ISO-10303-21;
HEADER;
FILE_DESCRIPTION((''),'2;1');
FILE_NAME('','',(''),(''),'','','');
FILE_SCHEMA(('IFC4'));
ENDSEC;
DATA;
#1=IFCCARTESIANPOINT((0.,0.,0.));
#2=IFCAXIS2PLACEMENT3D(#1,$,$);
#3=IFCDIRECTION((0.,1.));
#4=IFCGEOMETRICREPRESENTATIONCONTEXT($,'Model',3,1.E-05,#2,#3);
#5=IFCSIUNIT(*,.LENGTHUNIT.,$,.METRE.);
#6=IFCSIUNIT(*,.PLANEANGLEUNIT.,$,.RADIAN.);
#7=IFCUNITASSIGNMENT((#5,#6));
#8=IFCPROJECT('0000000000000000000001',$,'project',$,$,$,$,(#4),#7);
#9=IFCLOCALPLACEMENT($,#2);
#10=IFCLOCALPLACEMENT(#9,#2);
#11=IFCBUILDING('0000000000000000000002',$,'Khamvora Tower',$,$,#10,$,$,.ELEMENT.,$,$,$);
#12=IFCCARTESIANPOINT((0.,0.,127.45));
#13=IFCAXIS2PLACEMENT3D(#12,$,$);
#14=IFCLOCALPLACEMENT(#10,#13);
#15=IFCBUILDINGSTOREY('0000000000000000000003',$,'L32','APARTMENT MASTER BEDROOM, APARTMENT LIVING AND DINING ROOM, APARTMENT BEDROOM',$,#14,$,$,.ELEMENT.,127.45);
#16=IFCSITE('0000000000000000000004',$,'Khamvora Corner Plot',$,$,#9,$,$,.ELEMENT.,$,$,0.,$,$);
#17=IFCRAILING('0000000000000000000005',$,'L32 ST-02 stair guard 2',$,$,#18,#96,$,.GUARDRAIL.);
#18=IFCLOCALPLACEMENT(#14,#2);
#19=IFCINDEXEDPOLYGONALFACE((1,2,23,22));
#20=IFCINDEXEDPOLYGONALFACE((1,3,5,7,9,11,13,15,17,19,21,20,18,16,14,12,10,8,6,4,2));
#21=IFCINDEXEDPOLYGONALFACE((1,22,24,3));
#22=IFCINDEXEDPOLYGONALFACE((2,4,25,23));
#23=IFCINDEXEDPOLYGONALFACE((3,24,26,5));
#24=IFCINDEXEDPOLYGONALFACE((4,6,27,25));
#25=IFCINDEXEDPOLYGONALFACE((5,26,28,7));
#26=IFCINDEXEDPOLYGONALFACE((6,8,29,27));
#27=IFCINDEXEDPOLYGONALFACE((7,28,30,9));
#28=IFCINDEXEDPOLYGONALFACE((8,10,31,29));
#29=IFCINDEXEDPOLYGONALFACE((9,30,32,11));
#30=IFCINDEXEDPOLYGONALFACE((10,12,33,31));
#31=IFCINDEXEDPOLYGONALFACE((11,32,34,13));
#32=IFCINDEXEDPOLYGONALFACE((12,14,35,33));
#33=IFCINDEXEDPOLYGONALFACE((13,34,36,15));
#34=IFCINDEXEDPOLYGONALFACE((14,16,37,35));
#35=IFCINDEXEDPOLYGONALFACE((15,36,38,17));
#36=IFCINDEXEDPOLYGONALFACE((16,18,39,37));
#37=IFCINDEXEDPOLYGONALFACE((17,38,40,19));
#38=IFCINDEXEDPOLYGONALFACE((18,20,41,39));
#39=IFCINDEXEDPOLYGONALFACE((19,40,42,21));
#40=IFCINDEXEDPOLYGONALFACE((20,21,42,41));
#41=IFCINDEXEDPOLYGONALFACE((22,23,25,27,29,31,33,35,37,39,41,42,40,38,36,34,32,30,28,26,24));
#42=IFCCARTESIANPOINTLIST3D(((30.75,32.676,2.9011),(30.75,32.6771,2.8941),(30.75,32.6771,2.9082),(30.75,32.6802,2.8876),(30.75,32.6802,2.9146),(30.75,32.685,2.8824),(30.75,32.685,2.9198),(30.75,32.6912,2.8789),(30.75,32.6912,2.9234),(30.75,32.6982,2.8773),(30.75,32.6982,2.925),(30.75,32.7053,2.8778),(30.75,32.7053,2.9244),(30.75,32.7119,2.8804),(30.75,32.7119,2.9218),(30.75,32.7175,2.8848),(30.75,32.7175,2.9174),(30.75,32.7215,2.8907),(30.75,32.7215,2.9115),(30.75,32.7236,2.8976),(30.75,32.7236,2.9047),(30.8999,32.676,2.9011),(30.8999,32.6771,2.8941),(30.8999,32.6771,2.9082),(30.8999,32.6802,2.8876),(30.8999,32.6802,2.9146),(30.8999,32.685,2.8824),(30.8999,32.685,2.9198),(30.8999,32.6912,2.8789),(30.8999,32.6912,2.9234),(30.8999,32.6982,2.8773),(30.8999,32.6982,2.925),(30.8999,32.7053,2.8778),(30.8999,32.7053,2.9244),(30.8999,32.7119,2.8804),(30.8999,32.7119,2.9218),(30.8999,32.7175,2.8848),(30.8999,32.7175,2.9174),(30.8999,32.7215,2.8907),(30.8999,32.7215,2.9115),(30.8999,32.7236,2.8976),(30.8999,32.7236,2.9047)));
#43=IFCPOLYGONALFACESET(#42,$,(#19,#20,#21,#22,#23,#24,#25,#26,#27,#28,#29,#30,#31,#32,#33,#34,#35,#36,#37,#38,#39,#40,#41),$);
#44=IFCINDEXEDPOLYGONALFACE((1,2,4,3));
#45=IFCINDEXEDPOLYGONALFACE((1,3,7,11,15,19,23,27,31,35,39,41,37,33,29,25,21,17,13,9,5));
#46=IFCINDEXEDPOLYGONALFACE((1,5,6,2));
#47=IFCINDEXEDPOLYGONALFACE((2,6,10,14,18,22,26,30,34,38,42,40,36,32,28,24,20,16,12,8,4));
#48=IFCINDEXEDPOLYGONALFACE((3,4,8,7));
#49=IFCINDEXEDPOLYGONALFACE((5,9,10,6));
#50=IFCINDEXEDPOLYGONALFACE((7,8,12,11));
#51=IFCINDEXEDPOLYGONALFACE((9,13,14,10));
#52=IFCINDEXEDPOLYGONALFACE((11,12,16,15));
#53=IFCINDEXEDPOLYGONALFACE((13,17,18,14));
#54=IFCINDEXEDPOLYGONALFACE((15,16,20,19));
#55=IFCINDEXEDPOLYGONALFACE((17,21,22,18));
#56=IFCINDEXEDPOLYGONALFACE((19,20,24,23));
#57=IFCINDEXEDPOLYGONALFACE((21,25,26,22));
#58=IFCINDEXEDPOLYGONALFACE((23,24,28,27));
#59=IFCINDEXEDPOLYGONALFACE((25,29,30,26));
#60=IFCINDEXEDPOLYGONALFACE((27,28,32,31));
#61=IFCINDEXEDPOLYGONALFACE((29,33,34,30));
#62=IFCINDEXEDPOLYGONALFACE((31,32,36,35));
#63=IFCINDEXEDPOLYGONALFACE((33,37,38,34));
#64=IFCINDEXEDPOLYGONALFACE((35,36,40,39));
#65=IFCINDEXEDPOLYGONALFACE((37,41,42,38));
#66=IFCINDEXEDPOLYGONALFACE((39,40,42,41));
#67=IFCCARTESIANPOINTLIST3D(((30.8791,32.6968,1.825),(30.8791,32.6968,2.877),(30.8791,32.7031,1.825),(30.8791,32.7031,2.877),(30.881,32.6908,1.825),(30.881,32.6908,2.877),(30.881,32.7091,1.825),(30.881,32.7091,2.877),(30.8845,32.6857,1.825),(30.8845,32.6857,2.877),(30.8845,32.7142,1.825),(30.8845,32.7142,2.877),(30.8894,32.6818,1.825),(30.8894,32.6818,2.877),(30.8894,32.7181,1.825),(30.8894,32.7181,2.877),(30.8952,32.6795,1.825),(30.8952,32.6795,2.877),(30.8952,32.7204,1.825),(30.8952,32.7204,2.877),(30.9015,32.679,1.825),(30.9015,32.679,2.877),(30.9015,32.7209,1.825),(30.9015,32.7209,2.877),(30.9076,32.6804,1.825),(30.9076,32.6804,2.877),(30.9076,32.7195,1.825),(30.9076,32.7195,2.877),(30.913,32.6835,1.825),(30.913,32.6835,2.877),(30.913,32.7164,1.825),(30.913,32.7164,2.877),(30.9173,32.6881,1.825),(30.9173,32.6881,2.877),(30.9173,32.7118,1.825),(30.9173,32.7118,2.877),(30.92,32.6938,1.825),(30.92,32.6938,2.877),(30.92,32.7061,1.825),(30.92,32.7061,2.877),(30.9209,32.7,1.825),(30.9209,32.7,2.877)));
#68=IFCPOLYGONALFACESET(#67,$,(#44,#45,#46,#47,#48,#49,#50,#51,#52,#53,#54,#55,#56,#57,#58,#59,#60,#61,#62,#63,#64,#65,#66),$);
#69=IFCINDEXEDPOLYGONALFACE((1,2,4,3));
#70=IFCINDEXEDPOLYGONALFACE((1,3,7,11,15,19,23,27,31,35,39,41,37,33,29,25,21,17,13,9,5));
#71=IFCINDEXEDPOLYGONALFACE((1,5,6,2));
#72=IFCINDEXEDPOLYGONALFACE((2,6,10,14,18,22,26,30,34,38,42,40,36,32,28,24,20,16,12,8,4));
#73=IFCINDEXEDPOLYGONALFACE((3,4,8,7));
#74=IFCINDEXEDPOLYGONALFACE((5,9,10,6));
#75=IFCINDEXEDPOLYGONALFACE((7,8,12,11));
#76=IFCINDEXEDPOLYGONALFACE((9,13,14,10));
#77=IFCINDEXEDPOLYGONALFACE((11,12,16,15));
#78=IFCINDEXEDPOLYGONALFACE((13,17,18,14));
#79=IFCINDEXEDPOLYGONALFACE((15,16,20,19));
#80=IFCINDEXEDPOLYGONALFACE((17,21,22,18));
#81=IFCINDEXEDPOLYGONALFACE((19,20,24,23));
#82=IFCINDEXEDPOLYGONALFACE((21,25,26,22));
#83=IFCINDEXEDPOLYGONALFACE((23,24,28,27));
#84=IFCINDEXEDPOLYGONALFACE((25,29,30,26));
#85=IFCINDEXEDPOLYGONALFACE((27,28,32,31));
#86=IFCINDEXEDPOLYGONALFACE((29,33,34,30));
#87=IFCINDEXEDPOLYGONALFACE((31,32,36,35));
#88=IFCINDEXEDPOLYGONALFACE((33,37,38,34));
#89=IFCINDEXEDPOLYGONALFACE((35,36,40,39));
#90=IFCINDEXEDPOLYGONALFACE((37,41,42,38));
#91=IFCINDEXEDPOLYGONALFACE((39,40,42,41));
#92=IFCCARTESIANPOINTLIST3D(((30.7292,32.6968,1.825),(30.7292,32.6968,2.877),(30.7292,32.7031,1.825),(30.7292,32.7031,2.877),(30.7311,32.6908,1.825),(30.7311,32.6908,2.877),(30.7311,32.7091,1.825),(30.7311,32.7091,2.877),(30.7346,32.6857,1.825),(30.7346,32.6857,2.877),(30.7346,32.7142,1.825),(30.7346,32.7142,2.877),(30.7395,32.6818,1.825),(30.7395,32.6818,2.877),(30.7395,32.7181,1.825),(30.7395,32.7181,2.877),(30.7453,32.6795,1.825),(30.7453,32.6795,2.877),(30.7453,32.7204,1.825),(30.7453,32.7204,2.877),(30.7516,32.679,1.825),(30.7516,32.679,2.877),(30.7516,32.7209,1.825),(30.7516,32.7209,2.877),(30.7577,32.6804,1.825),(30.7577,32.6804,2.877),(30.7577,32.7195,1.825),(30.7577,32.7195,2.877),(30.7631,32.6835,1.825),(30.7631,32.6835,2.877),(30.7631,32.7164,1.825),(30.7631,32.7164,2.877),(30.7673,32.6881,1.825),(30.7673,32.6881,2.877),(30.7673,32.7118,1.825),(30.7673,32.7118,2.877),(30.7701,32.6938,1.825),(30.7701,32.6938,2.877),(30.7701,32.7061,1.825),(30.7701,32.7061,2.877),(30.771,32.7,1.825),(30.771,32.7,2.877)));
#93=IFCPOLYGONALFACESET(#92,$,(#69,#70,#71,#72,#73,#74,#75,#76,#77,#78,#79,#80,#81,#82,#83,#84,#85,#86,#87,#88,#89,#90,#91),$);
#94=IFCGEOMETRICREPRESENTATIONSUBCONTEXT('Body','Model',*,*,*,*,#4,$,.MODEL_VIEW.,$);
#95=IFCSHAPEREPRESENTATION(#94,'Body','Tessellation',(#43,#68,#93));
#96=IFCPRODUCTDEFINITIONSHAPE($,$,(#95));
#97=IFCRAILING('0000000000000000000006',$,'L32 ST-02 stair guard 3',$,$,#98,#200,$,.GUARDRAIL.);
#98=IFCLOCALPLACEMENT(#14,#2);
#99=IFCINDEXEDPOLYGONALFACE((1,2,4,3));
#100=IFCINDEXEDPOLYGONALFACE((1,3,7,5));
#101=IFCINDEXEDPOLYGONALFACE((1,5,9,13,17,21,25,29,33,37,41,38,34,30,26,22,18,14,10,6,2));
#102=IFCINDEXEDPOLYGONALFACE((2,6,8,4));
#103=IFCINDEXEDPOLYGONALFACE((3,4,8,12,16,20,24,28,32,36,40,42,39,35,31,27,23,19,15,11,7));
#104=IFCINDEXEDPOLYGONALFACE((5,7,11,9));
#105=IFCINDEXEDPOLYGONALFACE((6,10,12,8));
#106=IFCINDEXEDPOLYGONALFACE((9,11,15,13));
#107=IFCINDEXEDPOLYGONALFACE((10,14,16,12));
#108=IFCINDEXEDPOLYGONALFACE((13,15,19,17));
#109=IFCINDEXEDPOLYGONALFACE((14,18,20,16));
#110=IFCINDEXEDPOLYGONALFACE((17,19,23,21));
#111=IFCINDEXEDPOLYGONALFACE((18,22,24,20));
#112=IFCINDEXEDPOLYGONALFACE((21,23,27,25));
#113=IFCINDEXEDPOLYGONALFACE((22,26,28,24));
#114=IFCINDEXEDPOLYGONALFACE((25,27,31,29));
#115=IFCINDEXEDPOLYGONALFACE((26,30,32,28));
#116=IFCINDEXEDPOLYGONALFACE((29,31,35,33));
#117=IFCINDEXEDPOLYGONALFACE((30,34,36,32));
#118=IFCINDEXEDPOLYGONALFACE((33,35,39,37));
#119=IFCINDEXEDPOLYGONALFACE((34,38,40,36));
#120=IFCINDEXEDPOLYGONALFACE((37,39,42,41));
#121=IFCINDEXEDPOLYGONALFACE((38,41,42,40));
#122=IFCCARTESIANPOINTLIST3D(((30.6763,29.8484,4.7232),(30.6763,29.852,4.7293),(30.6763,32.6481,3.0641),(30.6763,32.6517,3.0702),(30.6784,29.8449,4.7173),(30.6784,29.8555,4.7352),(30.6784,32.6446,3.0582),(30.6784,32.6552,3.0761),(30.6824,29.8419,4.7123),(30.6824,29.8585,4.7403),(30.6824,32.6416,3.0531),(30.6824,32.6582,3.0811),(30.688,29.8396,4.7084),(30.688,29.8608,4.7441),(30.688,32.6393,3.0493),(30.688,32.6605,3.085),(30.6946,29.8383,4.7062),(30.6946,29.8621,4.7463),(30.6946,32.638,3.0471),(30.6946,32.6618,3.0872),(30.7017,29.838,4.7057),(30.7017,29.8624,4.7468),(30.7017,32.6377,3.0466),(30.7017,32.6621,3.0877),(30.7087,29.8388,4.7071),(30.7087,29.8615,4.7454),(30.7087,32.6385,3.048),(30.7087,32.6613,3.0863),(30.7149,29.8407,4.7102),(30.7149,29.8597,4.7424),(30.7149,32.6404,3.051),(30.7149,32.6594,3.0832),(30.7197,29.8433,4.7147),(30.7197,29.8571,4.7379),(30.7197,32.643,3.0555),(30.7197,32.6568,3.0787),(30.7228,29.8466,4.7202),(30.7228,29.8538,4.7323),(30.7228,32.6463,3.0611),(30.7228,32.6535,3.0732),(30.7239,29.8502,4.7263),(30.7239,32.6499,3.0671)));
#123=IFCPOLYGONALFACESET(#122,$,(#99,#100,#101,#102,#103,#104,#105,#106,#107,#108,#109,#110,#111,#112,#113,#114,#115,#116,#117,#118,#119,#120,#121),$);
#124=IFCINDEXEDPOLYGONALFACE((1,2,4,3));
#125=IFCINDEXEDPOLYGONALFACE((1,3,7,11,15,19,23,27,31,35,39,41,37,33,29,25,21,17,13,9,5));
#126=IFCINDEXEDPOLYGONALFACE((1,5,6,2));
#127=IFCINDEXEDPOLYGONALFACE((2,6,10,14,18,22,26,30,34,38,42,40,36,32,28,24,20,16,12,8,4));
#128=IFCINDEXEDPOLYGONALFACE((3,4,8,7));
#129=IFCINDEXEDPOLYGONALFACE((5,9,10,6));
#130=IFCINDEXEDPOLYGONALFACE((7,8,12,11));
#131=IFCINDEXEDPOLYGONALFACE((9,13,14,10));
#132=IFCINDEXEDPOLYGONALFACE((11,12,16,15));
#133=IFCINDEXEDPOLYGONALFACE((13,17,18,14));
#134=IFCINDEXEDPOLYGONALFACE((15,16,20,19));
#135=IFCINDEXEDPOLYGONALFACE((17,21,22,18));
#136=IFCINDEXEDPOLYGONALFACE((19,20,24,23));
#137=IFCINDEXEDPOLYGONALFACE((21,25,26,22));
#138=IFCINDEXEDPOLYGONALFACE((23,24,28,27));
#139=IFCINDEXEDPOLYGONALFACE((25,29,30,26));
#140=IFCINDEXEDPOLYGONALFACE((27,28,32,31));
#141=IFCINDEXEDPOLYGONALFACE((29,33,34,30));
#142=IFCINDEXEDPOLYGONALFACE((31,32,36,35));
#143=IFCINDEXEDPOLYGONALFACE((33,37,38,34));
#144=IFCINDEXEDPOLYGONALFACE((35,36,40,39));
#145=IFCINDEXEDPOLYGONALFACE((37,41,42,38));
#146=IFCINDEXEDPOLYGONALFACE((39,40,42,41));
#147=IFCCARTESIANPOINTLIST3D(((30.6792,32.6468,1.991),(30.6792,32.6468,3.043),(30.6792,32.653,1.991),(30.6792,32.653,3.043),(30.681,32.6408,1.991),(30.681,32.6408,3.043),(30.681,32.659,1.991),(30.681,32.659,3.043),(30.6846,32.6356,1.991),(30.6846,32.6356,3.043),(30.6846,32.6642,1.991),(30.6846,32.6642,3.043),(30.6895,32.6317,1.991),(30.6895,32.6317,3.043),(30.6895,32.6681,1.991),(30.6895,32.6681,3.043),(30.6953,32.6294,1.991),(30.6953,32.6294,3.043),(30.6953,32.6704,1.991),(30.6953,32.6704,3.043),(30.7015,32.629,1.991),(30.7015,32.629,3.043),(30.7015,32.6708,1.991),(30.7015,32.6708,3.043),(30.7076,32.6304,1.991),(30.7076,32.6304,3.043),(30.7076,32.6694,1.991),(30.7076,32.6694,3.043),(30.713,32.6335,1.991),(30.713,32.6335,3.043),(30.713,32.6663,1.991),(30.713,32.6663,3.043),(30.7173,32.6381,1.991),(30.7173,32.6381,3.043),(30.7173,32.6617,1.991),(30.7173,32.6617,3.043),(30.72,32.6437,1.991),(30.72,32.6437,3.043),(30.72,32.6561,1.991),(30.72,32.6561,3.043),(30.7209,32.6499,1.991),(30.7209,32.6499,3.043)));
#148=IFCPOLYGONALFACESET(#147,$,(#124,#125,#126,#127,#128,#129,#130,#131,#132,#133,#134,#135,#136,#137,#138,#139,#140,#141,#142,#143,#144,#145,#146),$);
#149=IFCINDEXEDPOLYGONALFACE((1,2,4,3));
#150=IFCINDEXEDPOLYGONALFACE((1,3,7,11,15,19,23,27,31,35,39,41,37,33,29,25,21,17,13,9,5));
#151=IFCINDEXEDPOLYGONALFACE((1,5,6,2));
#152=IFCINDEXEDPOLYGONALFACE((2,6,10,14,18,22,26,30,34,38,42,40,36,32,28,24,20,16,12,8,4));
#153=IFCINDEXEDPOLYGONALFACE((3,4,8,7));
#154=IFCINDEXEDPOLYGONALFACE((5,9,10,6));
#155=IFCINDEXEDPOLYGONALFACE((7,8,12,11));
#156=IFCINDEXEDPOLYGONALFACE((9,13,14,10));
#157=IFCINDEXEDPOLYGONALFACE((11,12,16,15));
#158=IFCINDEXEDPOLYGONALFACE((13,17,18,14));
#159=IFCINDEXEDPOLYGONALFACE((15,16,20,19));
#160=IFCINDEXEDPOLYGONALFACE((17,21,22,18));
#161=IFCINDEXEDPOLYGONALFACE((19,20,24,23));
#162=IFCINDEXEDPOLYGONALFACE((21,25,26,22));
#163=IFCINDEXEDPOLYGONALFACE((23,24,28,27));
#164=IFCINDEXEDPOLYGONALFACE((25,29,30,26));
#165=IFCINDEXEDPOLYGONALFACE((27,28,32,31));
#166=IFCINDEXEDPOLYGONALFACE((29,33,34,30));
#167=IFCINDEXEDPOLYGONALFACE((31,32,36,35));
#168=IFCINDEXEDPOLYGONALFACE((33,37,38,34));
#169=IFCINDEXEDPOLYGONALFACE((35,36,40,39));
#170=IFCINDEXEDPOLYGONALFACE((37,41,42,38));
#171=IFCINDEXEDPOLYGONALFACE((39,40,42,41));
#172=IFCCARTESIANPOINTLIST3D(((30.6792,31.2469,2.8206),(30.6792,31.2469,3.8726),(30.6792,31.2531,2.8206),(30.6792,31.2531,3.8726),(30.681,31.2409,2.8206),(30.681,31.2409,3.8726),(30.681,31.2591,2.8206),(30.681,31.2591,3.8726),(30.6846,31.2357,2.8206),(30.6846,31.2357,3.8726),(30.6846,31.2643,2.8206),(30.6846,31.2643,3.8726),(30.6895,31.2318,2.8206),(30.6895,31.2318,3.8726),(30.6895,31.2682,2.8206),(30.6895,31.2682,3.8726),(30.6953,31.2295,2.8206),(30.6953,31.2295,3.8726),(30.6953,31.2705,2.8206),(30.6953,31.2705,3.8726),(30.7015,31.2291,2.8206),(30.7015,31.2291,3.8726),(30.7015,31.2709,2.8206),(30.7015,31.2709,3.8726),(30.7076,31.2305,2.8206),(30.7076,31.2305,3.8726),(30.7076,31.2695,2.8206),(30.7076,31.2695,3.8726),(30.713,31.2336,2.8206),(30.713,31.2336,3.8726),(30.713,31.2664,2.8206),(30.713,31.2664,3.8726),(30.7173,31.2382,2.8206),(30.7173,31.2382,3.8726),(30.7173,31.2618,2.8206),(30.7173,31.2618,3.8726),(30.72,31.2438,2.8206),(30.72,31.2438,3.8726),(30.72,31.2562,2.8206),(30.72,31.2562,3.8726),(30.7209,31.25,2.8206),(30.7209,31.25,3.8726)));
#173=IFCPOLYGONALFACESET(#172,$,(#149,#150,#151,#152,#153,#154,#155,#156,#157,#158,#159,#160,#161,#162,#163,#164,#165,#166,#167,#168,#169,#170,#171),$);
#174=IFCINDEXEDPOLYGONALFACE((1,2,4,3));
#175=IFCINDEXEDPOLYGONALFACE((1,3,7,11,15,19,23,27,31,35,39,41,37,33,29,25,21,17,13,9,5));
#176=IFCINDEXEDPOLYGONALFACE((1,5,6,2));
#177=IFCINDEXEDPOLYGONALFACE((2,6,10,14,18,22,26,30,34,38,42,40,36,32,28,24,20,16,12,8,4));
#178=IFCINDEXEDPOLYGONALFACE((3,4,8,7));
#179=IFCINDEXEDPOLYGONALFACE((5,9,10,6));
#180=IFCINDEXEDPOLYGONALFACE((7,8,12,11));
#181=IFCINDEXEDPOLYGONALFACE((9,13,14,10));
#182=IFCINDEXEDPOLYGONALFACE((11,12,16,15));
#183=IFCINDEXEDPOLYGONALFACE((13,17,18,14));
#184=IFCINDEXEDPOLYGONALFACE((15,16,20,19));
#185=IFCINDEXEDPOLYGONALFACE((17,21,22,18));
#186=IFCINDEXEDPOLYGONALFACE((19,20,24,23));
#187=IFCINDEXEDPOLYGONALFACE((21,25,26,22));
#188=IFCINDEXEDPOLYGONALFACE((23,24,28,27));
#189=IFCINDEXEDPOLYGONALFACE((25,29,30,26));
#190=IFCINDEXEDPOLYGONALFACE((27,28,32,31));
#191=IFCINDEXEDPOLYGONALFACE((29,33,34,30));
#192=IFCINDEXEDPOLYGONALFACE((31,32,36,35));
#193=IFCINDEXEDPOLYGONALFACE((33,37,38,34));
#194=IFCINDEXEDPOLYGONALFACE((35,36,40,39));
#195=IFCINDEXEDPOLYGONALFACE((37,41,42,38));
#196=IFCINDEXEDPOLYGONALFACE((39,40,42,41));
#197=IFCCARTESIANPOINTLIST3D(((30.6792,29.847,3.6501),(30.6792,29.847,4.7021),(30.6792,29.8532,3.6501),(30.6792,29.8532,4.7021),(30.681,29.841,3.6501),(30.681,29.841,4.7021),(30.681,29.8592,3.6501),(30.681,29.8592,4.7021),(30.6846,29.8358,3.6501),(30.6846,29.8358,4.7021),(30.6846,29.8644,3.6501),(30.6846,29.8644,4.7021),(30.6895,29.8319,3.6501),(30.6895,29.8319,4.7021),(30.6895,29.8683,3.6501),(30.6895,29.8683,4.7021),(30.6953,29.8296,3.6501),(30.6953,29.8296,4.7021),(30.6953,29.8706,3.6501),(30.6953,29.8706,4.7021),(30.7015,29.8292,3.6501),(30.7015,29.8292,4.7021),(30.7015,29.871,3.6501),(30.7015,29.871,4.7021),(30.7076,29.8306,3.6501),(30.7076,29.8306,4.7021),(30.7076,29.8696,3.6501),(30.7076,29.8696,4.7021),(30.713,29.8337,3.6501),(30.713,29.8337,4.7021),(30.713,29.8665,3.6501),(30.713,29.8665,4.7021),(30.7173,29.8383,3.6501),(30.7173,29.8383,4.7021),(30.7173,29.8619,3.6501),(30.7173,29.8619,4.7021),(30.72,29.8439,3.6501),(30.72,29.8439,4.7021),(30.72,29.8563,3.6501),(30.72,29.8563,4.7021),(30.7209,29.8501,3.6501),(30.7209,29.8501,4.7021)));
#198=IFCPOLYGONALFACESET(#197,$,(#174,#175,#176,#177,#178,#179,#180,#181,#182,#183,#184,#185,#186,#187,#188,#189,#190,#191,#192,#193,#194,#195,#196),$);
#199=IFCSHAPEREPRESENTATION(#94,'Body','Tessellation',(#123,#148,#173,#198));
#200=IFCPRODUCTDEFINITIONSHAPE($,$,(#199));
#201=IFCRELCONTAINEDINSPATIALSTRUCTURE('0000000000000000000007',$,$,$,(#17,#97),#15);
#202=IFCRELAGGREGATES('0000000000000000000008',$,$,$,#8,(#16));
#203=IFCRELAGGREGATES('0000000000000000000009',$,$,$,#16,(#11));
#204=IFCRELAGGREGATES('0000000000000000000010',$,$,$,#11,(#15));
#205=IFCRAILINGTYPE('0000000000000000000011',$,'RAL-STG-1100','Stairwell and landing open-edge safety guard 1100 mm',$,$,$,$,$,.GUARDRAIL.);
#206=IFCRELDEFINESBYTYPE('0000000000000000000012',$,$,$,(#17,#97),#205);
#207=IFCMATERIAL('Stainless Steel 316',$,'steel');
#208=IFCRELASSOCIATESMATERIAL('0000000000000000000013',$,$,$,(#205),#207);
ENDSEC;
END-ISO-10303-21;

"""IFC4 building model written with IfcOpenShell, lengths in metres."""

from ifc_helpers import new_model, si_unit, direction, frame, origin, origin_2d, place, context, subcontext, project, spatial, circle, extrude, material, type_object, element, save


model = new_model("IFC4")

# Units and contexts
model_context = context("Model", 3, precision=1e-05, world=origin(), true_north=direction((0.0, 1.0)))
body_context = subcontext(model_context, "Body", "Model", "MODEL_VIEW")
ifc_project = project(units=[si_unit("LENGTHUNIT", "METRE"), si_unit("PLANEANGLEUNIT", "RADIAN")], contexts=[model_context])

# Site, building, storey
site_placement = place(None, origin())
site = spatial("IfcSite", under=ifc_project, at=site_placement, Name="Khamvora Corner Plot", CompositionType="ELEMENT", RefElevation=0.0)
building_placement = place(site_placement, origin())
building = spatial("IfcBuilding", under=site, at=building_placement, Name="Khamvora Tower", CompositionType="ELEMENT")
storey_placement = place(building_placement, frame((0.0, 0.0, 127.45)))
storey = spatial("IfcBuildingStorey", under=building, at=storey_placement, Name="L32", Description="APARTMENT MASTER BEDROOM, APARTMENT LIVING AND DINING ROOM, APARTMENT BEDROOM", CompositionType="ELEMENT", Elevation=127.45)

# Railings
ifc_material_1 = material(Name="Stainless Steel 316", Category="steel")
railing_type_1 = type_object("IfcRailingType", Name="RAL-STG-1100", Description="Stairwell and landing open-edge safety guard 1100 mm", PredefinedType="GUARDRAIL", material=ifc_material_1)
railing_1_placement = place(storey_placement, frame((30.8999, 32.7, 1.825)))
element("IfcRailing", 1, at=railing_1_placement, inside=storey, type_object=railing_type_1, Name="L32 ST-02 stair guard 2", PredefinedType="GUARDRAIL", context=body_context, shape_type="SweptSolid", body=[
    extrude(circle(Radius=0.0239, at=origin_2d()), frame((0.0, 0.0, 1.0762), z_axis=(-1.0, 0.0, 0.0), x_axis=(0.0, -1.0, 0.0)), (0.0, 0.0, 1.0), 0.1499),
    extrude(circle(Radius=0.021, at=origin_2d()), origin(), (0.0, 0.0, 1.0), 1.052),
    extrude(circle(Radius=0.021, at=origin_2d()), frame((-0.1499, 0.0, 0.0)), (0.0, 0.0, 1.0), 1.052),
])
railing_2_placement = place(storey_placement, frame((30.7, 32.6499, 1.991)))
element("IfcRailing", 2, at=railing_2_placement, inside=storey, type_object=railing_type_1, Name="L32 ST-02 stair guard 3", PredefinedType="GUARDRAIL", context=body_context, shape_type="SweptSolid", body=[
    extrude(circle(Radius=0.0239, at=origin_2d()), frame((0.0, 0.0, 1.0762), z_axis=(0.0, -0.860287, 0.509811), x_axis=(1.0, 0.0, 0.0)), (0.0, 0.0, 1.0), 3.2544),
    extrude(circle(Radius=0.021, at=origin_2d()), origin(), (0.0, 0.0, 1.0), 1.052),
    extrude(circle(Radius=0.021, at=origin_2d()), frame((0.0, -1.3999, 0.8296)), (0.0, 0.0, 1.0), 1.052),
    extrude(circle(Radius=0.021, at=origin_2d()), frame((0.0, -2.7998, 1.6592)), (0.0, 0.0, 1.0), 1.052),
])

save(model, "model.ifc")
